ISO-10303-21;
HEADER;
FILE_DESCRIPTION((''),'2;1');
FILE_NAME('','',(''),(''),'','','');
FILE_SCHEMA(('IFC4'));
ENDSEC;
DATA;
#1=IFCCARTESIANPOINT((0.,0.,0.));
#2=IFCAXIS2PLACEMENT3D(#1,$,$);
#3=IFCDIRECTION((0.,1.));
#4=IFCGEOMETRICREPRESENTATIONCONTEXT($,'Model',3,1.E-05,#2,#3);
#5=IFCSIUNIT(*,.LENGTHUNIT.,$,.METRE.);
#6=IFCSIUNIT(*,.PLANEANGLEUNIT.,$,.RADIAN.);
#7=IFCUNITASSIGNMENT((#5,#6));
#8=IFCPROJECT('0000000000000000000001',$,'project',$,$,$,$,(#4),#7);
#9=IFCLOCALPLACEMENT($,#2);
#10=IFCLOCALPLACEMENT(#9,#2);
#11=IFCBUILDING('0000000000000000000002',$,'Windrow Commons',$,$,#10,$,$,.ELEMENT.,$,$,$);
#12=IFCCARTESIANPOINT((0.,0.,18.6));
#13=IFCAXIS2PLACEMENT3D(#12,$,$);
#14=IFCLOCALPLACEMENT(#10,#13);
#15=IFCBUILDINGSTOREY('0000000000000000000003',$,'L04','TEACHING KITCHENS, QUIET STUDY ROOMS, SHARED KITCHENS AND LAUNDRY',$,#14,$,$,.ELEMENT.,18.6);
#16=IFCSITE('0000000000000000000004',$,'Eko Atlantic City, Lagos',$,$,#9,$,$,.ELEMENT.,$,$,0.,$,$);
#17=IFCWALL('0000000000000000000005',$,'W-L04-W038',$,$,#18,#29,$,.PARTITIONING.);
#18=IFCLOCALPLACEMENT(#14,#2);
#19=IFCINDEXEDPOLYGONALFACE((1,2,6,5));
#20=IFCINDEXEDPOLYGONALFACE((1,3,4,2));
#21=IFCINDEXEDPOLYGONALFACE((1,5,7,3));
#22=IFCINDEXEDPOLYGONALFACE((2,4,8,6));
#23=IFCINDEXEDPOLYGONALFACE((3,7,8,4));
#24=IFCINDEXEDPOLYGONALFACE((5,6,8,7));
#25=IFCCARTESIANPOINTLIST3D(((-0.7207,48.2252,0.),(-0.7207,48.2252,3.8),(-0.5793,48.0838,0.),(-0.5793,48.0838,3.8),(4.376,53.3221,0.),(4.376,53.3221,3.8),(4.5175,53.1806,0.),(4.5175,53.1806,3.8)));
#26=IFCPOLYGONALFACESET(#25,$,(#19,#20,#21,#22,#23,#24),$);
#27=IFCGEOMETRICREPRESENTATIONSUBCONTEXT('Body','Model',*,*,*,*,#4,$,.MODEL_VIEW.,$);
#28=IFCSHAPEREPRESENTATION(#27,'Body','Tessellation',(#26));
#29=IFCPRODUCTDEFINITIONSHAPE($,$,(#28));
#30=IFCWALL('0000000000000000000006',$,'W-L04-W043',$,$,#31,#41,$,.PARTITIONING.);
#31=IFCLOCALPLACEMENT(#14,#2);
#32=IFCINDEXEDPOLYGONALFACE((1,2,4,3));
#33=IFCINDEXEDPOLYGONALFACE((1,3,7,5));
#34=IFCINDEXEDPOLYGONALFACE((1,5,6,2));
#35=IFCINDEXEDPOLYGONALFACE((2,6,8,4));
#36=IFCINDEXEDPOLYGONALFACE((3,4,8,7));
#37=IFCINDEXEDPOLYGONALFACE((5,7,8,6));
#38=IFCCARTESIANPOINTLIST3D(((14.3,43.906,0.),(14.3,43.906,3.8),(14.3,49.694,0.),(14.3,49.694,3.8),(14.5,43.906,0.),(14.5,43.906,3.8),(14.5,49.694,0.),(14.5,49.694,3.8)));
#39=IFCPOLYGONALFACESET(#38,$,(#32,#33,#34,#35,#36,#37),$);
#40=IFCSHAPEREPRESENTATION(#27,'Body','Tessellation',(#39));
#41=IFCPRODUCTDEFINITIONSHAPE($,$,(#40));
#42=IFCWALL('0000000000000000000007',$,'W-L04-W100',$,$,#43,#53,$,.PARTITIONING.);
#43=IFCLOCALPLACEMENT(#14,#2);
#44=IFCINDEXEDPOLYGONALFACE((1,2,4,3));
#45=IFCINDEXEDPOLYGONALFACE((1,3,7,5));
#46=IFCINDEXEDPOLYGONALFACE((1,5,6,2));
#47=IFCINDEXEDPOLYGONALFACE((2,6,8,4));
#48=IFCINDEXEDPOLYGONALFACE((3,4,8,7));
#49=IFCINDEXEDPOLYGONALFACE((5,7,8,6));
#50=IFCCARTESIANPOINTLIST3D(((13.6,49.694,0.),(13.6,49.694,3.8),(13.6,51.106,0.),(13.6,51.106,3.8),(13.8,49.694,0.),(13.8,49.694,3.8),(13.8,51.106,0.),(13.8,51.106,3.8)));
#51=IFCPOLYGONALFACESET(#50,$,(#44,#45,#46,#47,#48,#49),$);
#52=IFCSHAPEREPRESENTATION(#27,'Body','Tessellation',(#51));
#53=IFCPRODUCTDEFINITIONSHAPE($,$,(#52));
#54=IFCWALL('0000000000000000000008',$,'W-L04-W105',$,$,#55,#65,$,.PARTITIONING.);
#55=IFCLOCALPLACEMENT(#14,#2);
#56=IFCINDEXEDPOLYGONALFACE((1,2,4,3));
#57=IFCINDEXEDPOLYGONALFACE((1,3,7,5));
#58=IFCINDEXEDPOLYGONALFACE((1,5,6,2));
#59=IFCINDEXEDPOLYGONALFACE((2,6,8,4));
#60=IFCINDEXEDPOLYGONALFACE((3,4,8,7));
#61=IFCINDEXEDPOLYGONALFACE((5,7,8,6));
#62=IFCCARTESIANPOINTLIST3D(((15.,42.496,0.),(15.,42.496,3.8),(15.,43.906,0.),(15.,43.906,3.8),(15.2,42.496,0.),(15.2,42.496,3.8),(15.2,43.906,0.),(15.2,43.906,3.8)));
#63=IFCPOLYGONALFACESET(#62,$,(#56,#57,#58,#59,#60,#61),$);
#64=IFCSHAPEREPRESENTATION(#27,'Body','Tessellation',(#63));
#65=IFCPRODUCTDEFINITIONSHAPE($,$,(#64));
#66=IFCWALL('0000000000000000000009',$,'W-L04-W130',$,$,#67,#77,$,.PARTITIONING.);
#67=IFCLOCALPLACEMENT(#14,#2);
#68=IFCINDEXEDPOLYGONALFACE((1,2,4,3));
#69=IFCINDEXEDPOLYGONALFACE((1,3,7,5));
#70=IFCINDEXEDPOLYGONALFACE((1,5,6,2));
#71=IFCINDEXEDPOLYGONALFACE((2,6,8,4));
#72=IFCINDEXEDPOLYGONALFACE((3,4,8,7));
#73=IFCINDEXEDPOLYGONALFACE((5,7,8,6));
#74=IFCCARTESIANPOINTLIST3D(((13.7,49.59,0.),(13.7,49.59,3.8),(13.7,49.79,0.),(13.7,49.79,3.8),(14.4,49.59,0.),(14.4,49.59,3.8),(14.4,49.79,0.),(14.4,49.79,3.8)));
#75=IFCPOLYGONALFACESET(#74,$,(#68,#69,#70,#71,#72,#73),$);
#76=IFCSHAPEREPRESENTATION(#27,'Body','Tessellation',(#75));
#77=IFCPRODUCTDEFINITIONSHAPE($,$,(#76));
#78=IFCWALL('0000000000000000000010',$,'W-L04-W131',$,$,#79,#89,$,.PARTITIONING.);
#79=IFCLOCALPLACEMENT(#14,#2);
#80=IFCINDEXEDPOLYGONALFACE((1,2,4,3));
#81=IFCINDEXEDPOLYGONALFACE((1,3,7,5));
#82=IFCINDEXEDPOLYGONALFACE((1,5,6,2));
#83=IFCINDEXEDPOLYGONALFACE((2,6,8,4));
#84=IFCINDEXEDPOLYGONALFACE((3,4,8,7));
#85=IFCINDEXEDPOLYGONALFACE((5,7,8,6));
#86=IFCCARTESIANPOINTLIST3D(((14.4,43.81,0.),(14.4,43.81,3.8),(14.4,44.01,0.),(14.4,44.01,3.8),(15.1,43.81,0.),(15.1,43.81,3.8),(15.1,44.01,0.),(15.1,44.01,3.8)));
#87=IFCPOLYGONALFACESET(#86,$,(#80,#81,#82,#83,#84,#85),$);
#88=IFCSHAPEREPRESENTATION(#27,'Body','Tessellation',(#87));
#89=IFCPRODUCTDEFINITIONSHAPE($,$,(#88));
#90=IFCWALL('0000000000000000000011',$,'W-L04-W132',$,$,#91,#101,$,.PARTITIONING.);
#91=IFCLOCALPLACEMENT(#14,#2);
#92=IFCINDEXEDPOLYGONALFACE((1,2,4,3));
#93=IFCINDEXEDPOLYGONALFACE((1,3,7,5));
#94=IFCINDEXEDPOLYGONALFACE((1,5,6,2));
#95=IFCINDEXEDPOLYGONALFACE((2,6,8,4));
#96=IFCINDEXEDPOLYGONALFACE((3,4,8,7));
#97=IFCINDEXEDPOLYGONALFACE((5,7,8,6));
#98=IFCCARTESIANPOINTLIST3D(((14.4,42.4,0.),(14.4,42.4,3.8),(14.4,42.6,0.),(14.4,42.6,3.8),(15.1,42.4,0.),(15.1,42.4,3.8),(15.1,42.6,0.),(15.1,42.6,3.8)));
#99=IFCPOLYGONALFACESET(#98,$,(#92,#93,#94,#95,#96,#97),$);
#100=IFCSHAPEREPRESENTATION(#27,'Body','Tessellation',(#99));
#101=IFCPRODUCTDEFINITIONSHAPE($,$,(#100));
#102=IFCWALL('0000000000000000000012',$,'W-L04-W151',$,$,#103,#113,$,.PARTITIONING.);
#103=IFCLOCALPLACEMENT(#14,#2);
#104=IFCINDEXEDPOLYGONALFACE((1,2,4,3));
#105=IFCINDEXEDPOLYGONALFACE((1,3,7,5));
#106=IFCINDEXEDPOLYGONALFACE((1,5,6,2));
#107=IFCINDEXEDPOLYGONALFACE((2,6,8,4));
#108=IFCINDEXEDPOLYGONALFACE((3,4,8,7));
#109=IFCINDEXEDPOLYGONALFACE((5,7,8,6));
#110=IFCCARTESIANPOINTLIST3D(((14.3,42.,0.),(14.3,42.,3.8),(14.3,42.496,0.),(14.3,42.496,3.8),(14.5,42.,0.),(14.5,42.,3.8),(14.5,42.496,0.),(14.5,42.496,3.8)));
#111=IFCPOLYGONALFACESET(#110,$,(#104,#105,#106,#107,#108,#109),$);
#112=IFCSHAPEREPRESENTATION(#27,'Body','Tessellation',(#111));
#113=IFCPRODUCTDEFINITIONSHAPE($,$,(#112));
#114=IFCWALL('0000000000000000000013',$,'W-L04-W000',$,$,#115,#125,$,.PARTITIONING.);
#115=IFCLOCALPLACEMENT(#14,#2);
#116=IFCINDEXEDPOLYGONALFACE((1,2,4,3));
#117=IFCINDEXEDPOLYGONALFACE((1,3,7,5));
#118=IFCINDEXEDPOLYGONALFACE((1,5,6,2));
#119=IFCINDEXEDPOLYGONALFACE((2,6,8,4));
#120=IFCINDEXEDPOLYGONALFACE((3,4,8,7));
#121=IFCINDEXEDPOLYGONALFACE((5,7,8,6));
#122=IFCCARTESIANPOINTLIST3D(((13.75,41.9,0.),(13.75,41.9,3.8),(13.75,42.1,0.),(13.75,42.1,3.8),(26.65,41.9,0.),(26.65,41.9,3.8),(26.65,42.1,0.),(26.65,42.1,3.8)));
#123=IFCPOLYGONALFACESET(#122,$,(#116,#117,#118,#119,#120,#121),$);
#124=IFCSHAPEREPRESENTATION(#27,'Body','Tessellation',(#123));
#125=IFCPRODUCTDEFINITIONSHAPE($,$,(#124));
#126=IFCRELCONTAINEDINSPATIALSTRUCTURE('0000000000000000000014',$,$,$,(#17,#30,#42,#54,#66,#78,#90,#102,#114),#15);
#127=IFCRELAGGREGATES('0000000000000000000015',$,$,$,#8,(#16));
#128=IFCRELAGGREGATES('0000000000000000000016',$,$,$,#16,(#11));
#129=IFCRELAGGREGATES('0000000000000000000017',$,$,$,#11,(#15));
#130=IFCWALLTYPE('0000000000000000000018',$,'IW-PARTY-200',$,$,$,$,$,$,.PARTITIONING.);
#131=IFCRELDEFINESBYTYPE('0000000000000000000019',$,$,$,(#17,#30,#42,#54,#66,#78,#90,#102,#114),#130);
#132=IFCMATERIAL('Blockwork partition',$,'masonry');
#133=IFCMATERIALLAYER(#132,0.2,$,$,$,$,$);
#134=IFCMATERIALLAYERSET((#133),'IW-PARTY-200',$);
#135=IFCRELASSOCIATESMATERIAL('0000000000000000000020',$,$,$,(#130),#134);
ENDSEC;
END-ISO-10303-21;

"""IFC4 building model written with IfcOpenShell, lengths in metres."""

from ifc_helpers import new_model, si_unit, direction, frame, frame_2d, origin, place, context, subcontext, project, spatial, polyline, rectangle, outline, extrude, material, layer, layer_set, type_object, element, save


model = new_model("IFC4")

# Units and contexts
model_context = context("Model", 3, precision=1e-05, world=origin(), true_north=direction((0.0, 1.0)))
body_context = subcontext(model_context, "Body", "Model", "MODEL_VIEW")
ifc_project = project(units=[si_unit("LENGTHUNIT", "METRE"), si_unit("PLANEANGLEUNIT", "RADIAN")], contexts=[model_context])

# Site, building, storey
site_placement = place(None, origin())
site = spatial("IfcSite", under=ifc_project, at=site_placement, Name="Eko Atlantic City, Lagos", CompositionType="ELEMENT", RefElevation=0.0)
building_placement = place(site_placement, origin())
building = spatial("IfcBuilding", under=site, at=building_placement, Name="Windrow Commons", CompositionType="ELEMENT")
storey_placement = place(building_placement, frame((0.0, 0.0, 18.6)))
storey = spatial("IfcBuildingStorey", under=building, at=storey_placement, Name="L04", Description="TEACHING KITCHENS, QUIET STUDY ROOMS, SHARED KITCHENS AND LAUNDRY", CompositionType="ELEMENT", Elevation=18.6)

# Walls
ifc_material_1 = material(Name="Blockwork partition", Category="masonry")
ifc_layer_1 = layer(ifc_material_1, 0.2)
ifc_layer_set_1 = layer_set([ifc_layer_1], Name="IW-PARTY-200")
wall_type_1 = type_object("IfcWallType", Name="IW-PARTY-200", PredefinedType="PARTITIONING", material=ifc_layer_set_1)
wall_1_placement = place(storey_placement, frame((-0.65, 48.1545, 0.0), z_axis=(0.0, 0.0, 1.0), x_axis=(0.7071, 0.707114, 0.0)))
element("IfcWall", 1, at=wall_1_placement, inside=storey, type_object=wall_type_1, Name="W-L04-W038", PredefinedType="PARTITIONING", context=body_context, shape_type="SweptSolid", body=[
    extrude(rectangle(XDim=7.2079, YDim=0.2, at=frame_2d((3.604, 0.0))), origin(), (0.0, 0.0, 1.0), 3.8),
])
wall_2_placement = place(storey_placement, frame((14.4, 43.906, 0.0), z_axis=(0.0, 0.0, 1.0), x_axis=(0.0, 1.0, 0.0)))
element("IfcWall", 2, at=wall_2_placement, inside=storey, type_object=wall_type_1, Name="W-L04-W043", PredefinedType="PARTITIONING", context=body_context, shape_type="SweptSolid", body=[
    extrude(rectangle(XDim=5.788, YDim=0.2, at=frame_2d((2.894, 0.0))), origin(), (0.0, 0.0, 1.0), 3.8),
])
wall_3_placement = place(storey_placement, frame((13.7, 49.694, 0.0), z_axis=(0.0, 0.0, 1.0), x_axis=(0.0, 1.0, 0.0)))
element("IfcWall", 3, at=wall_3_placement, inside=storey, type_object=wall_type_1, Name="W-L04-W100", PredefinedType="PARTITIONING", context=body_context, shape_type="SweptSolid", body=[
    extrude(rectangle(XDim=1.412, YDim=0.2, at=frame_2d((0.706, 0.0))), origin(), (0.0, 0.0, 1.0), 3.8),
])
wall_4_placement = place(storey_placement, frame((15.1, 42.496, 0.0), z_axis=(0.0, 0.0, 1.0), x_axis=(0.0, 1.0, 0.0)))
element("IfcWall", 4, at=wall_4_placement, inside=storey, type_object=wall_type_1, Name="W-L04-W105", PredefinedType="PARTITIONING", context=body_context, shape_type="SweptSolid", body=[
    extrude(rectangle(XDim=1.41, YDim=0.2, at=frame_2d((0.705, 0.0))), origin(), (0.0, 0.0, 1.0), 3.8),
])
for number, where, z_axis, x_axis, name in (
    (5, (13.7, 49.69, 0.0), (0.0, 0.0, 1.0), (1.0, 0.0, 0.0), "W-L04-W130"),
    (6, (14.4, 43.91, 0.0), (0.0, 0.0, 1.0), (1.0, 0.0, 0.0), "W-L04-W131"),
    (7, (14.4, 42.5, 0.0), (0.0, 0.0, 1.0), (1.0, 0.0, 0.0), "W-L04-W132"),
):
    element("IfcWall", number, at=place(storey_placement, frame(where, z_axis=z_axis, x_axis=x_axis)), inside=storey, type_object=wall_type_1, Name=name, PredefinedType="PARTITIONING", context=body_context, shape_type="SweptSolid", body=[
        extrude(rectangle(XDim=0.7, YDim=0.2, at=frame_2d((0.35, 0.0))), origin(), (0.0, 0.0, 1.0), 3.8),
    ])
wall_5_placement = place(storey_placement, frame((14.4, 42.0, 0.0), z_axis=(0.0, 0.0, 1.0), x_axis=(0.0, 1.0, 0.0)))
element("IfcWall", 8, at=wall_5_placement, inside=storey, type_object=wall_type_1, Name="W-L04-W151", PredefinedType="PARTITIONING", context=body_context, shape_type="SweptSolid", body=[
    extrude(rectangle(XDim=0.496, YDim=0.2, at=frame_2d((0.248, 0.0))), origin(), (0.0, 0.0, 1.0), 3.8),
])
wall_6_placement = place(storey_placement, frame((13.75, 42.0, 0.0), z_axis=(0.0, 0.0, 1.0), x_axis=(1.0, 0.0, 0.0)))
element("IfcWall", 9, at=wall_6_placement, inside=storey, type_object=wall_type_1, Name="W-L04-W000", PredefinedType="PARTITIONING", context=body_context, shape_type="SweptSolid", body=[
    extrude(outline(polyline([(0.0, -0.1), (12.9, -0.1), (12.9, 0.1), (0.0, 0.1), (0.0, -0.1)])), origin(), (0.0, 0.0, 1.0), 3.8),
])

save(model, "model.ifc")
